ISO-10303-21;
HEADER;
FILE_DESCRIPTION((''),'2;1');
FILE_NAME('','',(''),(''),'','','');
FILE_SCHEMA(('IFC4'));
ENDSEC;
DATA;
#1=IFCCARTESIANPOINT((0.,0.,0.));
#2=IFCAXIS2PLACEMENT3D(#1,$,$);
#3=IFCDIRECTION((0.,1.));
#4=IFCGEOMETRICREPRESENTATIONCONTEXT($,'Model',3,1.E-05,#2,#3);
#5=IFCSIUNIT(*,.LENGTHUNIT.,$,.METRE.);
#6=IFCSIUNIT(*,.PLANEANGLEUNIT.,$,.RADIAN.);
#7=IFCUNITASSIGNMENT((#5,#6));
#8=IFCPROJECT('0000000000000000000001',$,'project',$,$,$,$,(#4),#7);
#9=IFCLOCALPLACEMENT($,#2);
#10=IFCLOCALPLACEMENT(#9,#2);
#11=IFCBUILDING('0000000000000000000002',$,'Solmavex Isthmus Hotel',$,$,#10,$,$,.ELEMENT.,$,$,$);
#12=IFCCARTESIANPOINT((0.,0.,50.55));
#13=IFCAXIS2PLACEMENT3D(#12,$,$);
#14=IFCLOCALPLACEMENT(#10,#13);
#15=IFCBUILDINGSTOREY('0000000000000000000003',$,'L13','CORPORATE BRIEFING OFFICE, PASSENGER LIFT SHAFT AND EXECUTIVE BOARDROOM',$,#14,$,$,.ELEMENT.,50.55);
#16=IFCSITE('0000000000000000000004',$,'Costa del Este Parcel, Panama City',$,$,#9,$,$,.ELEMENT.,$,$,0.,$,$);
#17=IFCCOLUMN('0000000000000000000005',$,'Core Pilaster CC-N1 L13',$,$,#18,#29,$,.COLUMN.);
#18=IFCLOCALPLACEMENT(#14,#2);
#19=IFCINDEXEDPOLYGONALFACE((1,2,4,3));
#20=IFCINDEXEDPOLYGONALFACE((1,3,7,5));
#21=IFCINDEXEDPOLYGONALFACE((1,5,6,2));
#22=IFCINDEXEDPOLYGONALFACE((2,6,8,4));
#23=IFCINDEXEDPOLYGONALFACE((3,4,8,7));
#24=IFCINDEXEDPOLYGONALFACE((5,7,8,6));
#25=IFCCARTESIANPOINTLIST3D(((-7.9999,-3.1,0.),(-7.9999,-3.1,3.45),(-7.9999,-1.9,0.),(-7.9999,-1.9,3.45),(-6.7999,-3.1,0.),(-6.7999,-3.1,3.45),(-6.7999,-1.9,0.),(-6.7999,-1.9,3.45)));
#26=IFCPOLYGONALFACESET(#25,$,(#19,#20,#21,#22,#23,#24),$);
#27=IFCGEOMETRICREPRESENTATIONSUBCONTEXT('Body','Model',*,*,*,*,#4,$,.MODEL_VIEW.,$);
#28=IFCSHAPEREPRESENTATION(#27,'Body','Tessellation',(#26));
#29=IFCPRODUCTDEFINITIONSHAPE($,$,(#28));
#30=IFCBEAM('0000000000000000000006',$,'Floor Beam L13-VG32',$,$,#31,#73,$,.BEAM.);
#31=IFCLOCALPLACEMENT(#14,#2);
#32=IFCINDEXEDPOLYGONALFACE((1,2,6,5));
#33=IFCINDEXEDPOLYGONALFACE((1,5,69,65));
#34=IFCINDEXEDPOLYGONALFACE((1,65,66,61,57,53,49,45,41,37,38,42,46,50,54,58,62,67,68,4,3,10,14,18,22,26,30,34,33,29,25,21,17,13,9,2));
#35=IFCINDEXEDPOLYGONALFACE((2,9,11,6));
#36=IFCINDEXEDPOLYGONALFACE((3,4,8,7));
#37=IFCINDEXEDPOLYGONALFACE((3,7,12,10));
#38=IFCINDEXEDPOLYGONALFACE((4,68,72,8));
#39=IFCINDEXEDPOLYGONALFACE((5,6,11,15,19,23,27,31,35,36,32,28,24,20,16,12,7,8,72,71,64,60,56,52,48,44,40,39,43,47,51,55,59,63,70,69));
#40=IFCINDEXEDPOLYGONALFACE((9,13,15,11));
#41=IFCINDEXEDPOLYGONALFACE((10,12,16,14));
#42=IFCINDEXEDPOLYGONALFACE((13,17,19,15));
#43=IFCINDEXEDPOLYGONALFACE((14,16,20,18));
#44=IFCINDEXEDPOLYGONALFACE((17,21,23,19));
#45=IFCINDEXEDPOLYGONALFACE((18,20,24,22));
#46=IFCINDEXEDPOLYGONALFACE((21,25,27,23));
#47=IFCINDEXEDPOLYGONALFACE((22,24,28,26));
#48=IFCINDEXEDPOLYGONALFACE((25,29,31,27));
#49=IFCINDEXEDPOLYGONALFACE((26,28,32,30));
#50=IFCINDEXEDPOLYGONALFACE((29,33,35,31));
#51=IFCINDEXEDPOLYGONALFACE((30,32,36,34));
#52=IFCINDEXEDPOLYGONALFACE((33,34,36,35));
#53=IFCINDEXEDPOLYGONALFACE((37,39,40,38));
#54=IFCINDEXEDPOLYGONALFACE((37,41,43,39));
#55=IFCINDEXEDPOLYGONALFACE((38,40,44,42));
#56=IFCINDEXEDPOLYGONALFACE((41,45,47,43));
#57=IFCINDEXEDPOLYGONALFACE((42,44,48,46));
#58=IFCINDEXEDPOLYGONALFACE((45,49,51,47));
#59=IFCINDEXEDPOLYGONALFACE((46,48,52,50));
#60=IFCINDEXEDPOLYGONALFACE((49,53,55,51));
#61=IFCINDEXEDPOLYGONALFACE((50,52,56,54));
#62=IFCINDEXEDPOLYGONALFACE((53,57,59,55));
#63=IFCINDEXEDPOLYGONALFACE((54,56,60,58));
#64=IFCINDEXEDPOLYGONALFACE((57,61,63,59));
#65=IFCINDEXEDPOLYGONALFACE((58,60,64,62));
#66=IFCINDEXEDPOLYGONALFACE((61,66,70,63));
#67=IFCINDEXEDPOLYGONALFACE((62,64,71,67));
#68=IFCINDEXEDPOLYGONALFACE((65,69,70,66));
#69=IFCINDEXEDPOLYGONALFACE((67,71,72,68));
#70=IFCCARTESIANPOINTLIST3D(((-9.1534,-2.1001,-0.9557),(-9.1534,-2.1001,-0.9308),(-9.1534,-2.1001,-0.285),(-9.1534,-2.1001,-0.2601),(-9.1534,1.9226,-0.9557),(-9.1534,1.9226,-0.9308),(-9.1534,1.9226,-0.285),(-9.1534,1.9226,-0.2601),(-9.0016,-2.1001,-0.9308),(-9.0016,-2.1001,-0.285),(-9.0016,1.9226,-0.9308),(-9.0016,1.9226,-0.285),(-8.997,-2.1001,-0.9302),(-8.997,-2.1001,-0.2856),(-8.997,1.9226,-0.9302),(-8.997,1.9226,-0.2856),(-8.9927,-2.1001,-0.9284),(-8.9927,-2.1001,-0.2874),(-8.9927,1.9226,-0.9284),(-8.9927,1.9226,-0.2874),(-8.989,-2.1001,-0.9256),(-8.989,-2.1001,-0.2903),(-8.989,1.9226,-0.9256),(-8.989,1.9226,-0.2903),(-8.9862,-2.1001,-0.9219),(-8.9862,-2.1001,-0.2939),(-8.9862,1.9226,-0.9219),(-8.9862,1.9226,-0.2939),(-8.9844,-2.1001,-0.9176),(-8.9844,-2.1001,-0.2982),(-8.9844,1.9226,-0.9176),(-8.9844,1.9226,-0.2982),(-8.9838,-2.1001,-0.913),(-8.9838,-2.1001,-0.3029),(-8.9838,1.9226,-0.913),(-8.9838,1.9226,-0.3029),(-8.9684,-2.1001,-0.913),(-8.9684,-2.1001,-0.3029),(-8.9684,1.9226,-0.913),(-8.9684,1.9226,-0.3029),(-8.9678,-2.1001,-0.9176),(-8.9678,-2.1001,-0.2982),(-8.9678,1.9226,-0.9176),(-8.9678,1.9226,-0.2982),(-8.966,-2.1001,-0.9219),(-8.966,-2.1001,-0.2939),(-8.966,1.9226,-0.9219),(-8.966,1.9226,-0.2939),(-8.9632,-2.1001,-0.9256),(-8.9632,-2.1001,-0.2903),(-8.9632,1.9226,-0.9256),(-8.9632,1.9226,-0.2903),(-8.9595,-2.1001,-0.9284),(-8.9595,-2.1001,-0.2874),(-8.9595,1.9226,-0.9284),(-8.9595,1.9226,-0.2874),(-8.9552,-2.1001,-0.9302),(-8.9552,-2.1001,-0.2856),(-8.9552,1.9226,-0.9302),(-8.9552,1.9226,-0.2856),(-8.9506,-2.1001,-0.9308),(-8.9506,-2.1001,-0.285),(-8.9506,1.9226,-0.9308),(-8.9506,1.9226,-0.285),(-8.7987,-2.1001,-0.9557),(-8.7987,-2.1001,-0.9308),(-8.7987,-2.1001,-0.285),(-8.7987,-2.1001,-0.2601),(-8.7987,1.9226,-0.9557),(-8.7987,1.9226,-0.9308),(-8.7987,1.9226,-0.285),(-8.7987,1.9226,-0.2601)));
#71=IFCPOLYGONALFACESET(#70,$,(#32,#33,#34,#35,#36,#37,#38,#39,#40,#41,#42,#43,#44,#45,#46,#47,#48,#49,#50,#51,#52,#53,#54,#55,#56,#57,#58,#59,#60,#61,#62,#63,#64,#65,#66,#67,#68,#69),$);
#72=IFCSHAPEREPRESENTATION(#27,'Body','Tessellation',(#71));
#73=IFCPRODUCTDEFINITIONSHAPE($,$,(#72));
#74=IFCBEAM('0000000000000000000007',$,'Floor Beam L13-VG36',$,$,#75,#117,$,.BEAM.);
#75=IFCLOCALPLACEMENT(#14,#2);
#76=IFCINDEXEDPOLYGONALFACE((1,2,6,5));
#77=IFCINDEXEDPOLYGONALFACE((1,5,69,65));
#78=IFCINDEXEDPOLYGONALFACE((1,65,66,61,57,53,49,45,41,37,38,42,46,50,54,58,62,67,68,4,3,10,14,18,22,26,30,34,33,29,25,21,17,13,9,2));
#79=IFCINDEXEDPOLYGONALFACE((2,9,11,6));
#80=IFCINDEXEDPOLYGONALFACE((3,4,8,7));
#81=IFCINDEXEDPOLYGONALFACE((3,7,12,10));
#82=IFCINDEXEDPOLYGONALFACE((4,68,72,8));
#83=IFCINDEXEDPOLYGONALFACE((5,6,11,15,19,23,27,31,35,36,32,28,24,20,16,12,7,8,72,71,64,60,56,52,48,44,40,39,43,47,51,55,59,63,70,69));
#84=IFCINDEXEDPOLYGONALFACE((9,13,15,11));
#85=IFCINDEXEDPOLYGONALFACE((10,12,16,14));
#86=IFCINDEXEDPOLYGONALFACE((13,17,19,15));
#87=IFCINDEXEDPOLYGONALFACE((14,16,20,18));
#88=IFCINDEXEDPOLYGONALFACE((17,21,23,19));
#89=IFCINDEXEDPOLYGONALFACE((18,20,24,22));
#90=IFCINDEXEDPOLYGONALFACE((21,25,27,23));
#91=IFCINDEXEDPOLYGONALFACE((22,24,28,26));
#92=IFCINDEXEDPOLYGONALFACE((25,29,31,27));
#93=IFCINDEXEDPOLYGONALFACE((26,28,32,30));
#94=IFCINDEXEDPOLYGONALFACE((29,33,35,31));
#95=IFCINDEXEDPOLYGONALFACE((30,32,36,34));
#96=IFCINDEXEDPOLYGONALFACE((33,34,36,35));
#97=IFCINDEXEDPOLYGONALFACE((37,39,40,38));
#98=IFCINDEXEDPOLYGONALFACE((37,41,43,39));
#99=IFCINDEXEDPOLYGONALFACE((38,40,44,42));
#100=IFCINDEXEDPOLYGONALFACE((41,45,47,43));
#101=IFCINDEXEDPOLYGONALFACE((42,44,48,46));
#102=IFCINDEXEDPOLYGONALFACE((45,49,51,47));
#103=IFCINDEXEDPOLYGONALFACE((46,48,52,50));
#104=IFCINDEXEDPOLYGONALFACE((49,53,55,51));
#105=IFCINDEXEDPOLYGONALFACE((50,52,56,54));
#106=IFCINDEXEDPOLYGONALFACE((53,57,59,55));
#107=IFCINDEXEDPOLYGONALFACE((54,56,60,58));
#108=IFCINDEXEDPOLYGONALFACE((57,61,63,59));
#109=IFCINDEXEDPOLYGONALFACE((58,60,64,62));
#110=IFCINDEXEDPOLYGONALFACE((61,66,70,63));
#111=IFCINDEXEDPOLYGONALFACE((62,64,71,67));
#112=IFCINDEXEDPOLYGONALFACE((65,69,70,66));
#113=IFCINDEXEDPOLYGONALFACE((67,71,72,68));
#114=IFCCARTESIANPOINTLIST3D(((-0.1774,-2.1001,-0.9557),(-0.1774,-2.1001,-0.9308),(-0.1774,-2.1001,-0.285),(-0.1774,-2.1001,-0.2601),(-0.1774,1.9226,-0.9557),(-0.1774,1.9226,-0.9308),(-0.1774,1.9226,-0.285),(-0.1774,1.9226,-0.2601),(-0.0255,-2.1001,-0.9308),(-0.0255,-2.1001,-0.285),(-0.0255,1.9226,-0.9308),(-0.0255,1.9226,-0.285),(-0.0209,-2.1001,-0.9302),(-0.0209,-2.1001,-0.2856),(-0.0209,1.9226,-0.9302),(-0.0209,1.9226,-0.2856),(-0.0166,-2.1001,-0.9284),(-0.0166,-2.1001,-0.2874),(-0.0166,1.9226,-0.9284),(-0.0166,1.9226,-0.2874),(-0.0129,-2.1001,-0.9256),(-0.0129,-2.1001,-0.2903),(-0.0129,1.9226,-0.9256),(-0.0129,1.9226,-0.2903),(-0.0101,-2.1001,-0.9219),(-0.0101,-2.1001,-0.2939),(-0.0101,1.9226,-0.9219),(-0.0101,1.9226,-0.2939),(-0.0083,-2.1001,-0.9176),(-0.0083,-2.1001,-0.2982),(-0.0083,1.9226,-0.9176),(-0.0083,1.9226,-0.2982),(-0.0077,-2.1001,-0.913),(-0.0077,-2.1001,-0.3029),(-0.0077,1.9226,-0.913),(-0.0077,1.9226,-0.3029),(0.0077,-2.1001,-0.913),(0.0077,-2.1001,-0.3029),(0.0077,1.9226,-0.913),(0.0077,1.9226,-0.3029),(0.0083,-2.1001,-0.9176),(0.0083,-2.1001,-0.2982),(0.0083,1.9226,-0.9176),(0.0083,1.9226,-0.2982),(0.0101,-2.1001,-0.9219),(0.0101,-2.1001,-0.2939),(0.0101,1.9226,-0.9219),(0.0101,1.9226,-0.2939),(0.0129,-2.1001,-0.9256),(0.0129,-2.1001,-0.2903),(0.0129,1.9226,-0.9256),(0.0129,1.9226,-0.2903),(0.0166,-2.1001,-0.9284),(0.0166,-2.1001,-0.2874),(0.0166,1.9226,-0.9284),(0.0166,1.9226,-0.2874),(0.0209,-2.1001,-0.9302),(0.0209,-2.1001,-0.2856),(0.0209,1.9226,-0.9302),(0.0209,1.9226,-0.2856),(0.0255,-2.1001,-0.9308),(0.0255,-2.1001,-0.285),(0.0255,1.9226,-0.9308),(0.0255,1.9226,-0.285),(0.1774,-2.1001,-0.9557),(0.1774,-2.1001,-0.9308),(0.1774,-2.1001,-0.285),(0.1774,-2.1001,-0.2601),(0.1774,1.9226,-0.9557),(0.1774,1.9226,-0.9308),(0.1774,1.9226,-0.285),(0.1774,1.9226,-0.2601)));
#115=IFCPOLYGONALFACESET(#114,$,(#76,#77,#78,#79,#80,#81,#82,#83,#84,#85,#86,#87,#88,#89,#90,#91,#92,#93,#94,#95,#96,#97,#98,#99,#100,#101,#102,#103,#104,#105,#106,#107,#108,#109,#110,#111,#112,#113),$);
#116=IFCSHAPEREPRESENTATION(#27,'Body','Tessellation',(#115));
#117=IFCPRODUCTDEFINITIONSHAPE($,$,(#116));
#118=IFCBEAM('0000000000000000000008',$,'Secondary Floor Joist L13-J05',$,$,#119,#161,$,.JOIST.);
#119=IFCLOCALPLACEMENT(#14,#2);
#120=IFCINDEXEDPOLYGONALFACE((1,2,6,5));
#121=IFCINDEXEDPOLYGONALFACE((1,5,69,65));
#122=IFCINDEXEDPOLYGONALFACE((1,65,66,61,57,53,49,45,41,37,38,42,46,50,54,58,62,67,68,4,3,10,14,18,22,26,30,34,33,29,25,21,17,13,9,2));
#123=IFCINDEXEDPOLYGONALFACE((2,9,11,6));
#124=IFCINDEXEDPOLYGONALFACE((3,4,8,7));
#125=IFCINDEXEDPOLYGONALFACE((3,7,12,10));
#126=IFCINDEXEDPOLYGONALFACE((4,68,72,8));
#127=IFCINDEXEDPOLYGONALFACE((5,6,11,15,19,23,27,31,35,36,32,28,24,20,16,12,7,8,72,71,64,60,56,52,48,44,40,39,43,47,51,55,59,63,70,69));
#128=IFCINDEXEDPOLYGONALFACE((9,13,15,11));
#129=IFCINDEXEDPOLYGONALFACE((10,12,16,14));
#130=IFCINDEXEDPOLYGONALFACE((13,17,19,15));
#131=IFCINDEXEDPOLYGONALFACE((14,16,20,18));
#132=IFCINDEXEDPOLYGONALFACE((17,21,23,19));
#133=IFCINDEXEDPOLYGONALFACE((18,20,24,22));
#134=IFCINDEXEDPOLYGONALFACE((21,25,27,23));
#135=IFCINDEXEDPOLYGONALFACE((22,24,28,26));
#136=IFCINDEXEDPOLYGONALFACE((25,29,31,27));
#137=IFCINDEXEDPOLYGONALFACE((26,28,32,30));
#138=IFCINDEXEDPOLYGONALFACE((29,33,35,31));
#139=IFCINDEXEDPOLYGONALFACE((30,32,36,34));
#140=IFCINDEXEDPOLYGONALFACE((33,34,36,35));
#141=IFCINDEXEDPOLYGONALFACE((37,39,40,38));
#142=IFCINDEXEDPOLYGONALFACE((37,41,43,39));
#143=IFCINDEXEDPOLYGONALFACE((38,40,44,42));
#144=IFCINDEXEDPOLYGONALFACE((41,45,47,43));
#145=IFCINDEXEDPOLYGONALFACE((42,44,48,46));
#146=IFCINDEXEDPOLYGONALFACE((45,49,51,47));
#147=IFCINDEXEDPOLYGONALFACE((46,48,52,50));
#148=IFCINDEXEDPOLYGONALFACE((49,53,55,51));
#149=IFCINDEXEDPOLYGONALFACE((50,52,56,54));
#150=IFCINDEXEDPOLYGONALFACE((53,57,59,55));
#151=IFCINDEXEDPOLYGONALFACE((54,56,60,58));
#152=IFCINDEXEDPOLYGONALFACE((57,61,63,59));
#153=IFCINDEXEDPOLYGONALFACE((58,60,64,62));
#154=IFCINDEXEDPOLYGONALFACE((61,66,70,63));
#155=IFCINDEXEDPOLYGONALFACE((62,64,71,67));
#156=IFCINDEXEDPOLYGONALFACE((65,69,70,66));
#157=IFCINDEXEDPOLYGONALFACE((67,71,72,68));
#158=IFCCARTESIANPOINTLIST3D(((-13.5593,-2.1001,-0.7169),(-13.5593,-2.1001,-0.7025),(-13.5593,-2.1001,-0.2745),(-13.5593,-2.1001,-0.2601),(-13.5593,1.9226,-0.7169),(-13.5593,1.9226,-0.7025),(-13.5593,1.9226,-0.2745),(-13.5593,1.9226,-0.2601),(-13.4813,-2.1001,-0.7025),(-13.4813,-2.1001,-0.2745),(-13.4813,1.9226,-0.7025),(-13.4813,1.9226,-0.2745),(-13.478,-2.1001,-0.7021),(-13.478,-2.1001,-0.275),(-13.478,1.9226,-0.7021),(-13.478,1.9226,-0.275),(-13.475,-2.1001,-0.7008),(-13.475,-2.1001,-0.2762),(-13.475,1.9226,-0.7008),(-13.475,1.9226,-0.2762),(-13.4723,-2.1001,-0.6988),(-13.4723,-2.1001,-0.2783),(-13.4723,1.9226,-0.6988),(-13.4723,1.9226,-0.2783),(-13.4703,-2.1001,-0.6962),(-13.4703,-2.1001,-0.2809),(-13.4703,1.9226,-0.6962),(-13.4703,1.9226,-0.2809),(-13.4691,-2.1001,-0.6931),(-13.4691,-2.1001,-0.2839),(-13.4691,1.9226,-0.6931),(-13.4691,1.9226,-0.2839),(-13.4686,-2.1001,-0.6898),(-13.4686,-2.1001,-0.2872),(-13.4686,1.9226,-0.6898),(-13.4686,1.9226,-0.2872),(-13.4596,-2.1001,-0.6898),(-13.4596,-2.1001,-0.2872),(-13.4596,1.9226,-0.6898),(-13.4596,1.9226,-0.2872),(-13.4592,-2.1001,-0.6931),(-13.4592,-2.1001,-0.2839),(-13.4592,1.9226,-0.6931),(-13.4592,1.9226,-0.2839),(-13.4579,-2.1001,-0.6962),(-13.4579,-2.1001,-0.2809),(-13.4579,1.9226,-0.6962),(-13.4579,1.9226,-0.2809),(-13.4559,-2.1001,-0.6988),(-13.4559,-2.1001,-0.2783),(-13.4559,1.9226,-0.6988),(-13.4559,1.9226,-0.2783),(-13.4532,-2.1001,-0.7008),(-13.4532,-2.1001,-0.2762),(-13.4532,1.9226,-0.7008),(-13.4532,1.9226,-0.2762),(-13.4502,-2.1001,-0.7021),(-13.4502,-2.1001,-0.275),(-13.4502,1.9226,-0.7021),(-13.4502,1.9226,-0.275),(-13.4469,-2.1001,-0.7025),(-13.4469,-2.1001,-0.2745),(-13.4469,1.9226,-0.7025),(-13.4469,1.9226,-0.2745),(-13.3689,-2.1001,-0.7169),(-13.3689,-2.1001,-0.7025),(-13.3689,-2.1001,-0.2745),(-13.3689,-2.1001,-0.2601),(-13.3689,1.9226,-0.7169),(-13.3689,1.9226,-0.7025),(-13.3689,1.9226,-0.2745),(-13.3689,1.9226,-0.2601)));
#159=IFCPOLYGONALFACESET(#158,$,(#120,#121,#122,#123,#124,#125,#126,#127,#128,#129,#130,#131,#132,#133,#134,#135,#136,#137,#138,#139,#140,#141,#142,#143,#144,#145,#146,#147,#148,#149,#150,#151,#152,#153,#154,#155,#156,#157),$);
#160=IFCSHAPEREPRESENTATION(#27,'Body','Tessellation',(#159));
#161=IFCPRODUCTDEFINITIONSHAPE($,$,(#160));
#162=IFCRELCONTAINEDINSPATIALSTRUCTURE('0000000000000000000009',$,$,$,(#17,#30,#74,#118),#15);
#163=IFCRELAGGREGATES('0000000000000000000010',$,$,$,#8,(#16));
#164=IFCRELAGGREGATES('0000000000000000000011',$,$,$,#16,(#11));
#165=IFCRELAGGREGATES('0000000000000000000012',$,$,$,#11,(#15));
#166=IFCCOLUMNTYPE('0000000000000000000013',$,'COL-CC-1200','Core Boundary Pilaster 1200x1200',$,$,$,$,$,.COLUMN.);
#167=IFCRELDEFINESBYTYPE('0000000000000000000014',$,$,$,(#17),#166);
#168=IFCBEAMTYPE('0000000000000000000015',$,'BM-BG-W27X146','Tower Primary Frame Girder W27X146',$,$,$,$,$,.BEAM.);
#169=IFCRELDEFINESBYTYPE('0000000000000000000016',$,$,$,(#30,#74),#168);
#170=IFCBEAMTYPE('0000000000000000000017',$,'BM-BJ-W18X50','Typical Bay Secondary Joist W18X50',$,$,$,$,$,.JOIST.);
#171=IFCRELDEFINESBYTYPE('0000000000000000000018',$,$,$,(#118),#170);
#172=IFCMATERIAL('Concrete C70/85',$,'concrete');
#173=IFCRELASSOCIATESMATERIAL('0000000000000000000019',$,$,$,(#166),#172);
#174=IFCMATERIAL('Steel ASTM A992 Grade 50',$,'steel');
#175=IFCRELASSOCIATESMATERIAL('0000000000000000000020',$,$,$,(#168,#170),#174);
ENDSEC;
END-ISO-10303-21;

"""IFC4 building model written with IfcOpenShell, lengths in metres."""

from ifc_helpers import new_model, si_unit, direction, frame, origin, origin_2d, place, context, subcontext, project, spatial, rectangle, i_section, extrude, material, material_profile, profile_set, type_object, element, save


model = new_model("IFC4")

# Units and contexts
model_context = context("Model", 3, precision=1e-05, world=origin(), true_north=direction((0.0, 1.0)))
body_context = subcontext(model_context, "Body", "Model", "MODEL_VIEW")
ifc_project = project(units=[si_unit("LENGTHUNIT", "METRE"), si_unit("PLANEANGLEUNIT", "RADIAN")], contexts=[model_context])

# Site, building, storey
site_placement = place(None, origin())
site = spatial("IfcSite", under=ifc_project, at=site_placement, Name="Costa del Este Parcel, Panama City", CompositionType="ELEMENT", RefElevation=0.0)
building_placement = place(site_placement, origin())
building = spatial("IfcBuilding", under=site, at=building_placement, Name="Solmavex Isthmus Hotel", CompositionType="ELEMENT")
storey_placement = place(building_placement, frame((0.0, 0.0, 50.55)))
storey = spatial("IfcBuildingStorey", under=building, at=storey_placement, Name="L13", Description="CORPORATE BRIEFING OFFICE, PASSENGER LIFT SHAFT AND EXECUTIVE BOARDROOM", CompositionType="ELEMENT", Elevation=50.55)

# Column
ifc_material_1 = material(Name="Concrete C70/85", Category="concrete")
ifc_material_profile_1 = material_profile(ifc_material_1, rectangle(XDim=1.2, YDim=1.2, at=origin_2d()), Name="RC1200X1200")
ifc_profile_set_1 = profile_set([ifc_material_profile_1], Name="Concrete C70/85")
column_type = type_object("IfcColumnType", Name="COL-CC-1200", Description="Core Boundary Pilaster 1200x1200", PredefinedType="COLUMN", material=ifc_profile_set_1)
column_placement = place(storey_placement, frame((-7.3999, -2.5, 0.0), z_axis=(0.0, 0.0, 1.0), x_axis=(1.0, 0.0, 0.0)))
element("IfcColumn", 1, at=column_placement, inside=storey, type_object=column_type, Name="Core Pilaster CC-N1 L13", PredefinedType="COLUMN", context=body_context, shape_type="SweptSolid", body=[
    extrude(rectangle(XDim=1.2, YDim=1.2, at=origin_2d()), origin(), (0.0, 0.0, 1.0), 3.45),
])

# Beams
ifc_material_2 = material(Name="Steel ASTM A992 Grade 50", Category="steel")
ifc_material_profile_2 = material_profile(ifc_material_2, i_section(OverallWidth=0.3547, OverallDepth=0.6956, WebThickness=0.0154, FlangeThickness=0.0249, FilletRadius=0.0178, at=origin_2d()), Name="W27X146")
ifc_profile_set_2 = profile_set([ifc_material_profile_2], Name="Steel ASTM A992 Grade 50")
beam_type_1 = type_object("IfcBeamType", Name="BM-BG-W27X146", Description="Tower Primary Frame Girder W27X146", PredefinedType="BEAM", material=ifc_profile_set_2)
for number, where, z_axis, x_axis, name in (
    (2, (-8.9761, -2.1001, -0.6079), (0.0, 1.0, 0.0), (-1.0, 0.0, 0.0), "Floor Beam L13-VG32"),
    (3, (0.0, -2.1001, -0.6079), (0.0, 1.0, 0.0), (-1.0, 0.0, 0.0), "Floor Beam L13-VG36"),
):
    element("IfcBeam", number, at=place(storey_placement, frame(where, z_axis=z_axis, x_axis=x_axis)), inside=storey, type_object=beam_type_1, Name=name, PredefinedType="BEAM", context=body_context, shape_type="SweptSolid", body=[
        extrude(i_section(OverallWidth=0.3547, OverallDepth=0.6956, WebThickness=0.0154, FlangeThickness=0.0249, FilletRadius=0.0178, at=origin_2d()), origin(), (0.0, 0.0, 1.0), 4.0227),
    ])
ifc_material_profile_3 = material_profile(ifc_material_2, i_section(OverallWidth=0.1904, OverallDepth=0.4568, WebThickness=0.009, FlangeThickness=0.0144, FilletRadius=0.0127, at=origin_2d()), Name="W18X50")
ifc_profile_set_3 = profile_set([ifc_material_profile_3], Name="Steel ASTM A992 Grade 50")
beam_type_2 = type_object("IfcBeamType", Name="BM-BJ-W18X50", Description="Typical Bay Secondary Joist W18X50", PredefinedType="JOIST", material=ifc_profile_set_3)
for number, where, z_axis, x_axis, name in (
    (4, (-13.4641, -2.1001, -0.4885), (0.0, 1.0, 0.0), (-1.0, 0.0, 0.0), "Secondary Floor Joist L13-J05"),
):
    element("IfcBeam", number, at=place(storey_placement, frame(where, z_axis=z_axis, x_axis=x_axis)), inside=storey, type_object=beam_type_2, Name=name, PredefinedType="JOIST", context=body_context, shape_type="SweptSolid", body=[
        extrude(i_section(OverallWidth=0.1904, OverallDepth=0.4568, WebThickness=0.009, FlangeThickness=0.0144, FilletRadius=0.0127, at=origin_2d()), origin(), (0.0, 0.0, 1.0), 4.0227),
    ])

save(model, "model.ifc")
